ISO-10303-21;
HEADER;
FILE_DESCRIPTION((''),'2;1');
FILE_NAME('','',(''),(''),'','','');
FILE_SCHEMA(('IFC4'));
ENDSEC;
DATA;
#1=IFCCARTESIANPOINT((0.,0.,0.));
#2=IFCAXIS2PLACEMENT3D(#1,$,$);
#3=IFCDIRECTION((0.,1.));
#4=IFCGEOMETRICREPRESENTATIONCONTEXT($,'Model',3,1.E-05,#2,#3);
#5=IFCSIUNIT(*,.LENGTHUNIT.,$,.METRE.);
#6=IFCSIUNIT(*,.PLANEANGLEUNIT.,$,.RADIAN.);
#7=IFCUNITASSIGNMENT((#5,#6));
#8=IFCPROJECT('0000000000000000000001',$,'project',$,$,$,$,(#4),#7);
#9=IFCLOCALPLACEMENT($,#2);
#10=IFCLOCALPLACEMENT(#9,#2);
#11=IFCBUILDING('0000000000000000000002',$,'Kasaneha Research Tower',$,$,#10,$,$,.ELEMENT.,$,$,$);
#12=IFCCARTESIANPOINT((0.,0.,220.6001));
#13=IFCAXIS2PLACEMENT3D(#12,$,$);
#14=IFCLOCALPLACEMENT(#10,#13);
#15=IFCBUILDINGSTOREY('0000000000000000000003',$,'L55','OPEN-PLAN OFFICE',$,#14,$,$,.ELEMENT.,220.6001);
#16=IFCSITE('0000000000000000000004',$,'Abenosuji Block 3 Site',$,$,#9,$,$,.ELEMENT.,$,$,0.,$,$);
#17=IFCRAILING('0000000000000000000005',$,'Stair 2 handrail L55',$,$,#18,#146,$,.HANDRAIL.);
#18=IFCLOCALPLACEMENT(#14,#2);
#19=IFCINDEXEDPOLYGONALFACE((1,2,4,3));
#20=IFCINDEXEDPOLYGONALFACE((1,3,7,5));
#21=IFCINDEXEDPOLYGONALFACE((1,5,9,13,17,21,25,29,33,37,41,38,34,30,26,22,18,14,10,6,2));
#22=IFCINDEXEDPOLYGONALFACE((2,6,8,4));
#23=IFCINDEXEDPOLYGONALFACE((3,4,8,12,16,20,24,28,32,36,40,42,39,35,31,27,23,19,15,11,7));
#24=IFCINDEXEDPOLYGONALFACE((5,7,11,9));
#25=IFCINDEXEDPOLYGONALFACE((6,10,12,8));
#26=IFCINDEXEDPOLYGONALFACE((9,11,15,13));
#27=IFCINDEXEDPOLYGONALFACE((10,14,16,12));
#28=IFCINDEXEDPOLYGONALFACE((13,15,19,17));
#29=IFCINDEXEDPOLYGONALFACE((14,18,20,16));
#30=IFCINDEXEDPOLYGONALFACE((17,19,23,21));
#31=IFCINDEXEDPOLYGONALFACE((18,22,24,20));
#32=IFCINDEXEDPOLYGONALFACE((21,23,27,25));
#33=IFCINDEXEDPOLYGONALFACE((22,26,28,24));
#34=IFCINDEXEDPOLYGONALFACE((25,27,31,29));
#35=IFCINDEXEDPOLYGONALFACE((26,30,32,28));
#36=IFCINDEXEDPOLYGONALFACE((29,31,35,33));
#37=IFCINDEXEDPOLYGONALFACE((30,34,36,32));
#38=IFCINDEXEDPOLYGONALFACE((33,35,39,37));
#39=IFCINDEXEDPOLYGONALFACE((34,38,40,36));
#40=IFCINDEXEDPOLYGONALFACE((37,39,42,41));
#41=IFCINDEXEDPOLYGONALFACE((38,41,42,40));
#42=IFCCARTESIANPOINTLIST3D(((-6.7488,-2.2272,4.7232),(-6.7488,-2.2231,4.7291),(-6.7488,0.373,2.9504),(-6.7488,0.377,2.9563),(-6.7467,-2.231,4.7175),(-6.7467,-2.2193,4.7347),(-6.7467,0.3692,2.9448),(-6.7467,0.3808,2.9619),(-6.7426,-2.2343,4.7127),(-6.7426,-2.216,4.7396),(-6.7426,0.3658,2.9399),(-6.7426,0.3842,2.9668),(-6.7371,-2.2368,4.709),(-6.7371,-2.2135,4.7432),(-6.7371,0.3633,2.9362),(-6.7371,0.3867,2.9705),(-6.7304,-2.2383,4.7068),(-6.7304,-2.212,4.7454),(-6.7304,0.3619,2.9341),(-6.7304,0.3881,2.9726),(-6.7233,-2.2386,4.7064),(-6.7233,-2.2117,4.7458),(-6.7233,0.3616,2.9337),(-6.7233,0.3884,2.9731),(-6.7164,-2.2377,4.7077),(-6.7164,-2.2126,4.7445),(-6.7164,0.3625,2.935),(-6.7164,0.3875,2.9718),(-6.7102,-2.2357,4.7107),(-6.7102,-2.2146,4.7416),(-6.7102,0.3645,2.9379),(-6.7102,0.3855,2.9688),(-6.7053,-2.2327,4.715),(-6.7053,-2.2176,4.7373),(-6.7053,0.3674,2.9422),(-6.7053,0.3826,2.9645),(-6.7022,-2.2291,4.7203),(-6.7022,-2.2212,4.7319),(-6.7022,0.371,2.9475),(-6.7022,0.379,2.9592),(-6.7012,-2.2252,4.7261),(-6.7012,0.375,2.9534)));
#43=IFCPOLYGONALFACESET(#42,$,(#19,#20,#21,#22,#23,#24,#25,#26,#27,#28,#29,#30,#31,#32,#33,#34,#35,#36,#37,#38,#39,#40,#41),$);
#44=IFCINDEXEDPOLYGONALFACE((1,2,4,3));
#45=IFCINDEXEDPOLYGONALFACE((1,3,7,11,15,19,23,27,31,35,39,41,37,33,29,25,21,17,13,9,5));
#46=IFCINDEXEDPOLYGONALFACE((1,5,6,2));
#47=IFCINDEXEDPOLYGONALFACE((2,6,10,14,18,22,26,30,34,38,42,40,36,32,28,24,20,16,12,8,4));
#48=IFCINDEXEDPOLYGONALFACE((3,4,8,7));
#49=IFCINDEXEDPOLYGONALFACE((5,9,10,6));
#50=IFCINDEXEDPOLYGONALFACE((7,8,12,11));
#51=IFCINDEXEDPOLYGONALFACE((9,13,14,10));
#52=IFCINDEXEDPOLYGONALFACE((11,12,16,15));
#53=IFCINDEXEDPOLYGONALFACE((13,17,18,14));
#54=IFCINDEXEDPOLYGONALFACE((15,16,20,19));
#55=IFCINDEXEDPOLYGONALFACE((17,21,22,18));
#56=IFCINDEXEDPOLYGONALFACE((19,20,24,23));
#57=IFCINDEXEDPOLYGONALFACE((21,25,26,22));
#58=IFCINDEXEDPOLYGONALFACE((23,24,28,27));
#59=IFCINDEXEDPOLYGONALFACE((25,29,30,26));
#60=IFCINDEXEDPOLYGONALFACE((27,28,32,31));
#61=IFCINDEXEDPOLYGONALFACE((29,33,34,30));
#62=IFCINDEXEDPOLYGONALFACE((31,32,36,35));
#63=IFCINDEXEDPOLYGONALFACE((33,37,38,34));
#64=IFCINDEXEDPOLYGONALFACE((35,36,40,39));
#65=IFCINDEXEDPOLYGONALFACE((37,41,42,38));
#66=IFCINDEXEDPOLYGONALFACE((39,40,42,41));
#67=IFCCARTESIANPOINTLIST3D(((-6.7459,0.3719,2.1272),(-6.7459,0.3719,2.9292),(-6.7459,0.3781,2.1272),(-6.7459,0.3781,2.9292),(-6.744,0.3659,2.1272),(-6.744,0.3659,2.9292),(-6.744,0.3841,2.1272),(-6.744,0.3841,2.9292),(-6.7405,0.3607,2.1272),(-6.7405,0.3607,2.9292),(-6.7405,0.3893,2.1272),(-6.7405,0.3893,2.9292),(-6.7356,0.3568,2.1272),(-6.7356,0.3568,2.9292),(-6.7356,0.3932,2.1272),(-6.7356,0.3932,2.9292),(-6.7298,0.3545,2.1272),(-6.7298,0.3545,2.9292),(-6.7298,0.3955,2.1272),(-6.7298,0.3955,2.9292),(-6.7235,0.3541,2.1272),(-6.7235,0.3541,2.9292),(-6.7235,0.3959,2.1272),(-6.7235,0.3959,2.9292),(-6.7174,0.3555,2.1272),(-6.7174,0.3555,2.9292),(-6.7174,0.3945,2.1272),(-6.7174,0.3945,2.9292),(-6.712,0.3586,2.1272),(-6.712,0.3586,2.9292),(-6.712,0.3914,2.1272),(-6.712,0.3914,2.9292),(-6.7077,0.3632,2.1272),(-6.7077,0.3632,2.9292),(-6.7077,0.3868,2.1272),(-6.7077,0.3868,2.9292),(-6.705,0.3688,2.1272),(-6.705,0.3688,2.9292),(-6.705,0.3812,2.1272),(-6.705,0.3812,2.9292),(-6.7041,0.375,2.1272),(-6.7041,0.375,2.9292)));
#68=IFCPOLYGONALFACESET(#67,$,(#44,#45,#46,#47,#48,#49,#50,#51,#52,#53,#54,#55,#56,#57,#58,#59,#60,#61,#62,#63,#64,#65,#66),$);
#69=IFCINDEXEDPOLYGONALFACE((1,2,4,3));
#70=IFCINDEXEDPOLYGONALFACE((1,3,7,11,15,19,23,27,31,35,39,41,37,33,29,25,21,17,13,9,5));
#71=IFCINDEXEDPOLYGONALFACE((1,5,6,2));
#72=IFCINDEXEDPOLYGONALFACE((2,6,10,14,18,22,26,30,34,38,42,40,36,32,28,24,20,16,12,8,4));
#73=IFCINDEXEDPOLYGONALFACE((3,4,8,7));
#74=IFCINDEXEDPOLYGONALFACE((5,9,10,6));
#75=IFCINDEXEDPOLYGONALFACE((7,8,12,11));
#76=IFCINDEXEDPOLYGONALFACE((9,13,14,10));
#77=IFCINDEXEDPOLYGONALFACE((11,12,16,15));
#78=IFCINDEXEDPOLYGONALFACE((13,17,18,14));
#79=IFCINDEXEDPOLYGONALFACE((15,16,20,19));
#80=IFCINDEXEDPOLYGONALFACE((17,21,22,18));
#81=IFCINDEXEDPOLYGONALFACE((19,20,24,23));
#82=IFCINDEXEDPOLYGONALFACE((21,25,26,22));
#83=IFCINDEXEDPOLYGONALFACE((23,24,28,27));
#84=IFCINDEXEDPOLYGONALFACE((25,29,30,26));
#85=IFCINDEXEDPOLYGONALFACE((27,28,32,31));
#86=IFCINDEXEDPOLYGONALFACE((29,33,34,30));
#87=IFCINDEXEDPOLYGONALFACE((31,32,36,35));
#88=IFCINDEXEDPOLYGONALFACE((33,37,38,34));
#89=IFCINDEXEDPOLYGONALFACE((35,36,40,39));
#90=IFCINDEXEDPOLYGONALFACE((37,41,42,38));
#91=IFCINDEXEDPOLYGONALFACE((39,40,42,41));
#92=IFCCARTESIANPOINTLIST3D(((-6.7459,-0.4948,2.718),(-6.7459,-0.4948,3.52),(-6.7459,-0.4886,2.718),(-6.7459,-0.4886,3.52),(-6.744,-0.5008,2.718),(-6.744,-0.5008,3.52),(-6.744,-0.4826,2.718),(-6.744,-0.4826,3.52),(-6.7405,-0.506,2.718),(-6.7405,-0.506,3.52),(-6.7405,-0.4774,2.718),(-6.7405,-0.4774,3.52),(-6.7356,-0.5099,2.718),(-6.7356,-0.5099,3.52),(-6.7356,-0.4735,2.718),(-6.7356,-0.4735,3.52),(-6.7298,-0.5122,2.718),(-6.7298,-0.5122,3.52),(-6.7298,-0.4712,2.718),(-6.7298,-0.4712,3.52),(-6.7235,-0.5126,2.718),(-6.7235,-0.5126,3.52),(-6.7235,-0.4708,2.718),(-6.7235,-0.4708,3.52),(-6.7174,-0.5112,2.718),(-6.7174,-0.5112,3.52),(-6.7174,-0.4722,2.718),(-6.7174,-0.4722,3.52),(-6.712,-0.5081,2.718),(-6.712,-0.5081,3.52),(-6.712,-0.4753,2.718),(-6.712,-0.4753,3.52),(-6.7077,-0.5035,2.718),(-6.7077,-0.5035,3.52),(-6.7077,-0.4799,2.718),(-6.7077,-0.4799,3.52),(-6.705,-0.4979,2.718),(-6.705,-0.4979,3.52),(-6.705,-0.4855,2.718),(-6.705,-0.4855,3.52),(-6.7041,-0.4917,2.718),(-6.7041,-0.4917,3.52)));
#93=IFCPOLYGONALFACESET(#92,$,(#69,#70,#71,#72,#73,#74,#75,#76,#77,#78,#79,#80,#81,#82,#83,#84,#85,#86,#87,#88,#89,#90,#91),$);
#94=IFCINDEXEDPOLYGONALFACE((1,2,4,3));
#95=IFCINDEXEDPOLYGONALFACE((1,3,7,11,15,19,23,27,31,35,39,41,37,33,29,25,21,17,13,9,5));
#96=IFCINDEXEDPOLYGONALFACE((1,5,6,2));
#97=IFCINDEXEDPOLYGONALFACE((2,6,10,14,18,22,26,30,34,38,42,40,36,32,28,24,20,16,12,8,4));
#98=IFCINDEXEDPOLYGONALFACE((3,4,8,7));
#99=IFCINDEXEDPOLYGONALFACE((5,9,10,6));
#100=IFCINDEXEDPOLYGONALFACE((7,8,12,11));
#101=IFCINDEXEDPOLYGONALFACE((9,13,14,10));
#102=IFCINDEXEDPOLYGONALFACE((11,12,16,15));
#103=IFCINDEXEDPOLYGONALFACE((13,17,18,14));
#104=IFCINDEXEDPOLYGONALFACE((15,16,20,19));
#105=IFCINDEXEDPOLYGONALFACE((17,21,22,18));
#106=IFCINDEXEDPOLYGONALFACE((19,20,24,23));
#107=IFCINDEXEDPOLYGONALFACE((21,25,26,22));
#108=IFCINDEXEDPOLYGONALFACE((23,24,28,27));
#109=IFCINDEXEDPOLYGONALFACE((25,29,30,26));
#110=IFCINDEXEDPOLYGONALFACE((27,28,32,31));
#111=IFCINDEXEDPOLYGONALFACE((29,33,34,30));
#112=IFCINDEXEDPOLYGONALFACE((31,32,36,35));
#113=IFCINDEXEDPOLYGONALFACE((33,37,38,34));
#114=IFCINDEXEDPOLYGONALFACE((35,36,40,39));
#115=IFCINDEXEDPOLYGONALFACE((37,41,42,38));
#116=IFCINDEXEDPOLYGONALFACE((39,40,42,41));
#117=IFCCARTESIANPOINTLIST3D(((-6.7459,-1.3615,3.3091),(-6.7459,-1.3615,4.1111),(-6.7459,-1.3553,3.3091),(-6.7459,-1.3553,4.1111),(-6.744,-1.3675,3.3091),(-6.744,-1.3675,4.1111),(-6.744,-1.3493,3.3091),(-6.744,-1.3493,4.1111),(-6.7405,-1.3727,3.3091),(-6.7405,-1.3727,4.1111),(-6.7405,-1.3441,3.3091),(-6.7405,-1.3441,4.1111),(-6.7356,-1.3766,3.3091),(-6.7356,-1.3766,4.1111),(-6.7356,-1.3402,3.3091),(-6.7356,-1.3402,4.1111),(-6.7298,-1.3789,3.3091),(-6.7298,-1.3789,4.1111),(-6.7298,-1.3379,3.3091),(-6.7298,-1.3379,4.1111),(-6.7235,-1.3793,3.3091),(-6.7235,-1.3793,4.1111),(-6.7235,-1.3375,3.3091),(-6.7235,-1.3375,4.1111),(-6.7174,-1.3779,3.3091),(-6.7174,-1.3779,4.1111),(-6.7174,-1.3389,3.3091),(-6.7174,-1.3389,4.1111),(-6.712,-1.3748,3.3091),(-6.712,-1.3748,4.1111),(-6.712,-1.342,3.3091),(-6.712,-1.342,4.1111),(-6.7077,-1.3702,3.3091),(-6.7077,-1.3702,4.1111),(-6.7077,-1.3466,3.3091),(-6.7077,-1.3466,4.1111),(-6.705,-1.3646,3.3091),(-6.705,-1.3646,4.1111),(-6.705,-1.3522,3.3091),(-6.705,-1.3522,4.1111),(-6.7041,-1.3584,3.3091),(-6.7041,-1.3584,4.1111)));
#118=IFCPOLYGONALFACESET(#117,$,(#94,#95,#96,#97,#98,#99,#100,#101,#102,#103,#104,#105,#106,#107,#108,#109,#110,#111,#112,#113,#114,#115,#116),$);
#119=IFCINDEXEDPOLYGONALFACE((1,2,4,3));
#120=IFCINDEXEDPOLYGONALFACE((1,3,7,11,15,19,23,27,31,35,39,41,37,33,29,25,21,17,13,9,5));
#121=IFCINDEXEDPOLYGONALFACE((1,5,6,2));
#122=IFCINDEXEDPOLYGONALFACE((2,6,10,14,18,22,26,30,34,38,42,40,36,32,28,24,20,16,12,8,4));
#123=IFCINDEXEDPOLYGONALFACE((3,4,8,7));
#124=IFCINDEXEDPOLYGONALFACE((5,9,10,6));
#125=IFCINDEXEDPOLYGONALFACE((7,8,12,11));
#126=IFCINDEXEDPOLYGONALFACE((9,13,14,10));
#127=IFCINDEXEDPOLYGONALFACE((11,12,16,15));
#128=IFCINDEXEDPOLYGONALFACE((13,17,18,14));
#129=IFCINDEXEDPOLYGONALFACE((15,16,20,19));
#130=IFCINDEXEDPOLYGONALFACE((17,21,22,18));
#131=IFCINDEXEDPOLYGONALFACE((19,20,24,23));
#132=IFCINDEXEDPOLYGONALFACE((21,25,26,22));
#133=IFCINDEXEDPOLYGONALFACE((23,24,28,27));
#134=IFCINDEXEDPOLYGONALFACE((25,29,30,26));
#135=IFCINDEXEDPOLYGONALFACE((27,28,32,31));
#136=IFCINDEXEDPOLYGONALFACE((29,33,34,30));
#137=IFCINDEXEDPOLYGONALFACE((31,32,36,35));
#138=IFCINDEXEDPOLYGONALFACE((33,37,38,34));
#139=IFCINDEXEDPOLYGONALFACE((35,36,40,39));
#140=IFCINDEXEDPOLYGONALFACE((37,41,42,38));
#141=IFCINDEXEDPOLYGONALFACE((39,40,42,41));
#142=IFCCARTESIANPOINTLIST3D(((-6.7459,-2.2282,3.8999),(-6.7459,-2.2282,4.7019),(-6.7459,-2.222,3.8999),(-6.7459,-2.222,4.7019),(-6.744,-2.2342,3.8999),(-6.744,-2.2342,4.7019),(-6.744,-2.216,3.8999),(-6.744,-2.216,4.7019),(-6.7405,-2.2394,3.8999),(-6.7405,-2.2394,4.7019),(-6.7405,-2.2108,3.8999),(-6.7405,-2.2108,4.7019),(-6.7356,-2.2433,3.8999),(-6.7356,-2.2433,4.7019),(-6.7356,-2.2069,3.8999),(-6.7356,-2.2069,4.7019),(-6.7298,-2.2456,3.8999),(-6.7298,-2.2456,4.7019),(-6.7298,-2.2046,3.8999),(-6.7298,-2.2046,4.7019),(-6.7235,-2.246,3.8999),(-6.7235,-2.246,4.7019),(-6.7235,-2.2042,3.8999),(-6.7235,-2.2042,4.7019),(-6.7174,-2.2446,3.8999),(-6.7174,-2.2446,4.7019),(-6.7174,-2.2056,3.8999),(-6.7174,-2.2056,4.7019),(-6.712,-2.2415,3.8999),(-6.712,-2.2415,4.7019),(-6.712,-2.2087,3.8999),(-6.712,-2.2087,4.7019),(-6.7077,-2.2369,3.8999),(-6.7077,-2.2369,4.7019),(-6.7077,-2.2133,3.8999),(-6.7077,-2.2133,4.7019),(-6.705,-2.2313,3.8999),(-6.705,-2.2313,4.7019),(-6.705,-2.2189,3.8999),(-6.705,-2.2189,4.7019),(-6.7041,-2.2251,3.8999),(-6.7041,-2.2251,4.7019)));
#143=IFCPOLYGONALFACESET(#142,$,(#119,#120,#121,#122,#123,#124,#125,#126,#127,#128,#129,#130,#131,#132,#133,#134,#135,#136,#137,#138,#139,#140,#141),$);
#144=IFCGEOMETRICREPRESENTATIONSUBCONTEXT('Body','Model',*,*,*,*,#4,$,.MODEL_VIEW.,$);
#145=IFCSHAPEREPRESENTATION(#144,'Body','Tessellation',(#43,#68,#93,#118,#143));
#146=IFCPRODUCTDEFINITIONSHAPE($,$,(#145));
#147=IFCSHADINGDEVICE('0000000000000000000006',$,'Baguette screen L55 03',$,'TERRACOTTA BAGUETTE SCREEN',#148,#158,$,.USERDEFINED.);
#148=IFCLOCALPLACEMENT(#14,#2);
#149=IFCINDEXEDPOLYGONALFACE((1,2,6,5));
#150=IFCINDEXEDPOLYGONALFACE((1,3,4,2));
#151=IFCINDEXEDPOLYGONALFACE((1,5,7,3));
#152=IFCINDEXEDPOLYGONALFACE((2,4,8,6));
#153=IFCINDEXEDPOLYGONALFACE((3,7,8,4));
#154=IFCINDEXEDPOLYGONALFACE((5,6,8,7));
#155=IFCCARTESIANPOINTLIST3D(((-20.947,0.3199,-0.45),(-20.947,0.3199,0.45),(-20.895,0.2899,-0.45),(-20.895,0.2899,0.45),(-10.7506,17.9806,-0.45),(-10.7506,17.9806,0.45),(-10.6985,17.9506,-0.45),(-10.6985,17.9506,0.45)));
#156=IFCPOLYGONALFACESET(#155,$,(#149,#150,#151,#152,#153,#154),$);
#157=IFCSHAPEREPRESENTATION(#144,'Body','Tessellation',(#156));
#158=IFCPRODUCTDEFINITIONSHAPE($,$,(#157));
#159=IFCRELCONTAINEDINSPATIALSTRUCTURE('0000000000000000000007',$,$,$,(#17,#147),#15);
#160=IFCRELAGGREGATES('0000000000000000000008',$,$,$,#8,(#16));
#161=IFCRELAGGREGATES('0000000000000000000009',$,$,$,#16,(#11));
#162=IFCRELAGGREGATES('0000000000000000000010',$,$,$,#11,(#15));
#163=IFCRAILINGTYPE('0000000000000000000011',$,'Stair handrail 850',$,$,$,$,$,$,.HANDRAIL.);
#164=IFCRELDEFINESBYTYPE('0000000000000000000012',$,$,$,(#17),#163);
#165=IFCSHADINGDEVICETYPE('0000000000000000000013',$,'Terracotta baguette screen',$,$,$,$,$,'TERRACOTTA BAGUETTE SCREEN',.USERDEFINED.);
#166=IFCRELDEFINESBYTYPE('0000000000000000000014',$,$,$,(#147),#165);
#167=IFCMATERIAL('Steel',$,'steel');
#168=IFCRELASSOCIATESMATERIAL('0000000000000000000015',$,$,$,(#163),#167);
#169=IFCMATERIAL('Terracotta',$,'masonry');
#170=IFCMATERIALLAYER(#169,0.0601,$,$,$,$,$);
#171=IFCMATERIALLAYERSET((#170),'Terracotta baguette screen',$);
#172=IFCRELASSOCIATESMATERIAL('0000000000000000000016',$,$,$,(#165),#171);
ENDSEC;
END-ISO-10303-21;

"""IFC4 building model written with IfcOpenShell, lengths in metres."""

from ifc_helpers import new_model, si_unit, direction, frame, origin, origin_2d, place, context, subcontext, project, spatial, rectangle, circle, extrude, material, layer, layer_set, type_object, element, save


model = new_model("IFC4")

# Units and contexts
model_context = context("Model", 3, precision=1e-05, world=origin(), true_north=direction((0.0, 1.0)))
body_context = subcontext(model_context, "Body", "Model", "MODEL_VIEW")
ifc_project = project(units=[si_unit("LENGTHUNIT", "METRE"), si_unit("PLANEANGLEUNIT", "RADIAN")], contexts=[model_context])

# Site, building, storey
site_placement = place(None, origin())
site = spatial("IfcSite", under=ifc_project, at=site_placement, Name="Abenosuji Block 3 Site", CompositionType="ELEMENT", RefElevation=0.0)
building_placement = place(site_placement, origin())
building = spatial("IfcBuilding", under=site, at=building_placement, Name="Kasaneha Research Tower", CompositionType="ELEMENT")
storey_placement = place(building_placement, frame((0.0, 0.0, 220.6001)))
storey = spatial("IfcBuildingStorey", under=building, at=storey_placement, Name="L55", Description="OPEN-PLAN OFFICE", CompositionType="ELEMENT", Elevation=220.6001)

# Railing
ifc_material_1 = material(Name="Steel", Category="steel")
railing_type_1 = type_object("IfcRailingType", Name="Stair handrail 850", PredefinedType="HANDRAIL", material=ifc_material_1)
railing_1_placement = place(storey_placement, frame((-6.7251, 0.375, 2.1272)))
element("IfcRailing", 1, at=railing_1_placement, inside=storey, type_object=railing_type_1, Name="Stair 2 handrail L55", PredefinedType="HANDRAIL", context=body_context, shape_type="SweptSolid", body=[
    extrude(circle(Radius=0.0239, at=origin_2d()), frame((0.0, 0.0, 0.8262), z_axis=(0.0, -0.82624, 0.563318), x_axis=(1.0, 0.0, 0.0)), (0.0, 0.0, 1.0), 3.147),
    extrude(circle(Radius=0.021, at=origin_2d()), origin(), (0.0, 0.0, 1.0), 0.802),
    extrude(circle(Radius=0.021, at=origin_2d()), frame((0.0, -0.8667, 0.5908)), (0.0, 0.0, 1.0), 0.802),
    extrude(circle(Radius=0.021, at=origin_2d()), frame((0.0, -1.7334, 1.1819)), (0.0, 0.0, 1.0), 0.802),
    extrude(circle(Radius=0.021, at=origin_2d()), frame((0.0, -2.6001, 1.7727)), (0.0, 0.0, 1.0), 0.802),
])

# Shading device
ifc_material_2 = material(Name="Terracotta", Category="masonry")
ifc_layer_1 = layer(ifc_material_2, 0.0601)
ifc_layer_set_1 = layer_set([ifc_layer_1], Name="Terracotta baguette screen")
shading_device_type = type_object("IfcShadingDeviceType", Name="Terracotta baguette screen", ElementType="TERRACOTTA BAGUETTE SCREEN", PredefinedType="USERDEFINED", material=ifc_layer_set_1)
shading_device_placement = place(storey_placement, frame((-15.8228, 9.1353, -0.45), z_axis=(0.0, 0.0, 1.0), x_axis=(-0.5, -0.866025, 0.0)))
element("IfcShadingDevice", 2, at=shading_device_placement, inside=storey, type_object=shading_device_type, Name="Baguette screen L55 03", ObjectType="TERRACOTTA BAGUETTE SCREEN", PredefinedType="USERDEFINED", context=body_context, shape_type="SweptSolid", body=[
    extrude(rectangle(XDim=20.3928, YDim=0.0601, at=origin_2d()), origin(), (0.0, 0.0, 1.0), 0.8999),
])

save(model, "model.ifc")
